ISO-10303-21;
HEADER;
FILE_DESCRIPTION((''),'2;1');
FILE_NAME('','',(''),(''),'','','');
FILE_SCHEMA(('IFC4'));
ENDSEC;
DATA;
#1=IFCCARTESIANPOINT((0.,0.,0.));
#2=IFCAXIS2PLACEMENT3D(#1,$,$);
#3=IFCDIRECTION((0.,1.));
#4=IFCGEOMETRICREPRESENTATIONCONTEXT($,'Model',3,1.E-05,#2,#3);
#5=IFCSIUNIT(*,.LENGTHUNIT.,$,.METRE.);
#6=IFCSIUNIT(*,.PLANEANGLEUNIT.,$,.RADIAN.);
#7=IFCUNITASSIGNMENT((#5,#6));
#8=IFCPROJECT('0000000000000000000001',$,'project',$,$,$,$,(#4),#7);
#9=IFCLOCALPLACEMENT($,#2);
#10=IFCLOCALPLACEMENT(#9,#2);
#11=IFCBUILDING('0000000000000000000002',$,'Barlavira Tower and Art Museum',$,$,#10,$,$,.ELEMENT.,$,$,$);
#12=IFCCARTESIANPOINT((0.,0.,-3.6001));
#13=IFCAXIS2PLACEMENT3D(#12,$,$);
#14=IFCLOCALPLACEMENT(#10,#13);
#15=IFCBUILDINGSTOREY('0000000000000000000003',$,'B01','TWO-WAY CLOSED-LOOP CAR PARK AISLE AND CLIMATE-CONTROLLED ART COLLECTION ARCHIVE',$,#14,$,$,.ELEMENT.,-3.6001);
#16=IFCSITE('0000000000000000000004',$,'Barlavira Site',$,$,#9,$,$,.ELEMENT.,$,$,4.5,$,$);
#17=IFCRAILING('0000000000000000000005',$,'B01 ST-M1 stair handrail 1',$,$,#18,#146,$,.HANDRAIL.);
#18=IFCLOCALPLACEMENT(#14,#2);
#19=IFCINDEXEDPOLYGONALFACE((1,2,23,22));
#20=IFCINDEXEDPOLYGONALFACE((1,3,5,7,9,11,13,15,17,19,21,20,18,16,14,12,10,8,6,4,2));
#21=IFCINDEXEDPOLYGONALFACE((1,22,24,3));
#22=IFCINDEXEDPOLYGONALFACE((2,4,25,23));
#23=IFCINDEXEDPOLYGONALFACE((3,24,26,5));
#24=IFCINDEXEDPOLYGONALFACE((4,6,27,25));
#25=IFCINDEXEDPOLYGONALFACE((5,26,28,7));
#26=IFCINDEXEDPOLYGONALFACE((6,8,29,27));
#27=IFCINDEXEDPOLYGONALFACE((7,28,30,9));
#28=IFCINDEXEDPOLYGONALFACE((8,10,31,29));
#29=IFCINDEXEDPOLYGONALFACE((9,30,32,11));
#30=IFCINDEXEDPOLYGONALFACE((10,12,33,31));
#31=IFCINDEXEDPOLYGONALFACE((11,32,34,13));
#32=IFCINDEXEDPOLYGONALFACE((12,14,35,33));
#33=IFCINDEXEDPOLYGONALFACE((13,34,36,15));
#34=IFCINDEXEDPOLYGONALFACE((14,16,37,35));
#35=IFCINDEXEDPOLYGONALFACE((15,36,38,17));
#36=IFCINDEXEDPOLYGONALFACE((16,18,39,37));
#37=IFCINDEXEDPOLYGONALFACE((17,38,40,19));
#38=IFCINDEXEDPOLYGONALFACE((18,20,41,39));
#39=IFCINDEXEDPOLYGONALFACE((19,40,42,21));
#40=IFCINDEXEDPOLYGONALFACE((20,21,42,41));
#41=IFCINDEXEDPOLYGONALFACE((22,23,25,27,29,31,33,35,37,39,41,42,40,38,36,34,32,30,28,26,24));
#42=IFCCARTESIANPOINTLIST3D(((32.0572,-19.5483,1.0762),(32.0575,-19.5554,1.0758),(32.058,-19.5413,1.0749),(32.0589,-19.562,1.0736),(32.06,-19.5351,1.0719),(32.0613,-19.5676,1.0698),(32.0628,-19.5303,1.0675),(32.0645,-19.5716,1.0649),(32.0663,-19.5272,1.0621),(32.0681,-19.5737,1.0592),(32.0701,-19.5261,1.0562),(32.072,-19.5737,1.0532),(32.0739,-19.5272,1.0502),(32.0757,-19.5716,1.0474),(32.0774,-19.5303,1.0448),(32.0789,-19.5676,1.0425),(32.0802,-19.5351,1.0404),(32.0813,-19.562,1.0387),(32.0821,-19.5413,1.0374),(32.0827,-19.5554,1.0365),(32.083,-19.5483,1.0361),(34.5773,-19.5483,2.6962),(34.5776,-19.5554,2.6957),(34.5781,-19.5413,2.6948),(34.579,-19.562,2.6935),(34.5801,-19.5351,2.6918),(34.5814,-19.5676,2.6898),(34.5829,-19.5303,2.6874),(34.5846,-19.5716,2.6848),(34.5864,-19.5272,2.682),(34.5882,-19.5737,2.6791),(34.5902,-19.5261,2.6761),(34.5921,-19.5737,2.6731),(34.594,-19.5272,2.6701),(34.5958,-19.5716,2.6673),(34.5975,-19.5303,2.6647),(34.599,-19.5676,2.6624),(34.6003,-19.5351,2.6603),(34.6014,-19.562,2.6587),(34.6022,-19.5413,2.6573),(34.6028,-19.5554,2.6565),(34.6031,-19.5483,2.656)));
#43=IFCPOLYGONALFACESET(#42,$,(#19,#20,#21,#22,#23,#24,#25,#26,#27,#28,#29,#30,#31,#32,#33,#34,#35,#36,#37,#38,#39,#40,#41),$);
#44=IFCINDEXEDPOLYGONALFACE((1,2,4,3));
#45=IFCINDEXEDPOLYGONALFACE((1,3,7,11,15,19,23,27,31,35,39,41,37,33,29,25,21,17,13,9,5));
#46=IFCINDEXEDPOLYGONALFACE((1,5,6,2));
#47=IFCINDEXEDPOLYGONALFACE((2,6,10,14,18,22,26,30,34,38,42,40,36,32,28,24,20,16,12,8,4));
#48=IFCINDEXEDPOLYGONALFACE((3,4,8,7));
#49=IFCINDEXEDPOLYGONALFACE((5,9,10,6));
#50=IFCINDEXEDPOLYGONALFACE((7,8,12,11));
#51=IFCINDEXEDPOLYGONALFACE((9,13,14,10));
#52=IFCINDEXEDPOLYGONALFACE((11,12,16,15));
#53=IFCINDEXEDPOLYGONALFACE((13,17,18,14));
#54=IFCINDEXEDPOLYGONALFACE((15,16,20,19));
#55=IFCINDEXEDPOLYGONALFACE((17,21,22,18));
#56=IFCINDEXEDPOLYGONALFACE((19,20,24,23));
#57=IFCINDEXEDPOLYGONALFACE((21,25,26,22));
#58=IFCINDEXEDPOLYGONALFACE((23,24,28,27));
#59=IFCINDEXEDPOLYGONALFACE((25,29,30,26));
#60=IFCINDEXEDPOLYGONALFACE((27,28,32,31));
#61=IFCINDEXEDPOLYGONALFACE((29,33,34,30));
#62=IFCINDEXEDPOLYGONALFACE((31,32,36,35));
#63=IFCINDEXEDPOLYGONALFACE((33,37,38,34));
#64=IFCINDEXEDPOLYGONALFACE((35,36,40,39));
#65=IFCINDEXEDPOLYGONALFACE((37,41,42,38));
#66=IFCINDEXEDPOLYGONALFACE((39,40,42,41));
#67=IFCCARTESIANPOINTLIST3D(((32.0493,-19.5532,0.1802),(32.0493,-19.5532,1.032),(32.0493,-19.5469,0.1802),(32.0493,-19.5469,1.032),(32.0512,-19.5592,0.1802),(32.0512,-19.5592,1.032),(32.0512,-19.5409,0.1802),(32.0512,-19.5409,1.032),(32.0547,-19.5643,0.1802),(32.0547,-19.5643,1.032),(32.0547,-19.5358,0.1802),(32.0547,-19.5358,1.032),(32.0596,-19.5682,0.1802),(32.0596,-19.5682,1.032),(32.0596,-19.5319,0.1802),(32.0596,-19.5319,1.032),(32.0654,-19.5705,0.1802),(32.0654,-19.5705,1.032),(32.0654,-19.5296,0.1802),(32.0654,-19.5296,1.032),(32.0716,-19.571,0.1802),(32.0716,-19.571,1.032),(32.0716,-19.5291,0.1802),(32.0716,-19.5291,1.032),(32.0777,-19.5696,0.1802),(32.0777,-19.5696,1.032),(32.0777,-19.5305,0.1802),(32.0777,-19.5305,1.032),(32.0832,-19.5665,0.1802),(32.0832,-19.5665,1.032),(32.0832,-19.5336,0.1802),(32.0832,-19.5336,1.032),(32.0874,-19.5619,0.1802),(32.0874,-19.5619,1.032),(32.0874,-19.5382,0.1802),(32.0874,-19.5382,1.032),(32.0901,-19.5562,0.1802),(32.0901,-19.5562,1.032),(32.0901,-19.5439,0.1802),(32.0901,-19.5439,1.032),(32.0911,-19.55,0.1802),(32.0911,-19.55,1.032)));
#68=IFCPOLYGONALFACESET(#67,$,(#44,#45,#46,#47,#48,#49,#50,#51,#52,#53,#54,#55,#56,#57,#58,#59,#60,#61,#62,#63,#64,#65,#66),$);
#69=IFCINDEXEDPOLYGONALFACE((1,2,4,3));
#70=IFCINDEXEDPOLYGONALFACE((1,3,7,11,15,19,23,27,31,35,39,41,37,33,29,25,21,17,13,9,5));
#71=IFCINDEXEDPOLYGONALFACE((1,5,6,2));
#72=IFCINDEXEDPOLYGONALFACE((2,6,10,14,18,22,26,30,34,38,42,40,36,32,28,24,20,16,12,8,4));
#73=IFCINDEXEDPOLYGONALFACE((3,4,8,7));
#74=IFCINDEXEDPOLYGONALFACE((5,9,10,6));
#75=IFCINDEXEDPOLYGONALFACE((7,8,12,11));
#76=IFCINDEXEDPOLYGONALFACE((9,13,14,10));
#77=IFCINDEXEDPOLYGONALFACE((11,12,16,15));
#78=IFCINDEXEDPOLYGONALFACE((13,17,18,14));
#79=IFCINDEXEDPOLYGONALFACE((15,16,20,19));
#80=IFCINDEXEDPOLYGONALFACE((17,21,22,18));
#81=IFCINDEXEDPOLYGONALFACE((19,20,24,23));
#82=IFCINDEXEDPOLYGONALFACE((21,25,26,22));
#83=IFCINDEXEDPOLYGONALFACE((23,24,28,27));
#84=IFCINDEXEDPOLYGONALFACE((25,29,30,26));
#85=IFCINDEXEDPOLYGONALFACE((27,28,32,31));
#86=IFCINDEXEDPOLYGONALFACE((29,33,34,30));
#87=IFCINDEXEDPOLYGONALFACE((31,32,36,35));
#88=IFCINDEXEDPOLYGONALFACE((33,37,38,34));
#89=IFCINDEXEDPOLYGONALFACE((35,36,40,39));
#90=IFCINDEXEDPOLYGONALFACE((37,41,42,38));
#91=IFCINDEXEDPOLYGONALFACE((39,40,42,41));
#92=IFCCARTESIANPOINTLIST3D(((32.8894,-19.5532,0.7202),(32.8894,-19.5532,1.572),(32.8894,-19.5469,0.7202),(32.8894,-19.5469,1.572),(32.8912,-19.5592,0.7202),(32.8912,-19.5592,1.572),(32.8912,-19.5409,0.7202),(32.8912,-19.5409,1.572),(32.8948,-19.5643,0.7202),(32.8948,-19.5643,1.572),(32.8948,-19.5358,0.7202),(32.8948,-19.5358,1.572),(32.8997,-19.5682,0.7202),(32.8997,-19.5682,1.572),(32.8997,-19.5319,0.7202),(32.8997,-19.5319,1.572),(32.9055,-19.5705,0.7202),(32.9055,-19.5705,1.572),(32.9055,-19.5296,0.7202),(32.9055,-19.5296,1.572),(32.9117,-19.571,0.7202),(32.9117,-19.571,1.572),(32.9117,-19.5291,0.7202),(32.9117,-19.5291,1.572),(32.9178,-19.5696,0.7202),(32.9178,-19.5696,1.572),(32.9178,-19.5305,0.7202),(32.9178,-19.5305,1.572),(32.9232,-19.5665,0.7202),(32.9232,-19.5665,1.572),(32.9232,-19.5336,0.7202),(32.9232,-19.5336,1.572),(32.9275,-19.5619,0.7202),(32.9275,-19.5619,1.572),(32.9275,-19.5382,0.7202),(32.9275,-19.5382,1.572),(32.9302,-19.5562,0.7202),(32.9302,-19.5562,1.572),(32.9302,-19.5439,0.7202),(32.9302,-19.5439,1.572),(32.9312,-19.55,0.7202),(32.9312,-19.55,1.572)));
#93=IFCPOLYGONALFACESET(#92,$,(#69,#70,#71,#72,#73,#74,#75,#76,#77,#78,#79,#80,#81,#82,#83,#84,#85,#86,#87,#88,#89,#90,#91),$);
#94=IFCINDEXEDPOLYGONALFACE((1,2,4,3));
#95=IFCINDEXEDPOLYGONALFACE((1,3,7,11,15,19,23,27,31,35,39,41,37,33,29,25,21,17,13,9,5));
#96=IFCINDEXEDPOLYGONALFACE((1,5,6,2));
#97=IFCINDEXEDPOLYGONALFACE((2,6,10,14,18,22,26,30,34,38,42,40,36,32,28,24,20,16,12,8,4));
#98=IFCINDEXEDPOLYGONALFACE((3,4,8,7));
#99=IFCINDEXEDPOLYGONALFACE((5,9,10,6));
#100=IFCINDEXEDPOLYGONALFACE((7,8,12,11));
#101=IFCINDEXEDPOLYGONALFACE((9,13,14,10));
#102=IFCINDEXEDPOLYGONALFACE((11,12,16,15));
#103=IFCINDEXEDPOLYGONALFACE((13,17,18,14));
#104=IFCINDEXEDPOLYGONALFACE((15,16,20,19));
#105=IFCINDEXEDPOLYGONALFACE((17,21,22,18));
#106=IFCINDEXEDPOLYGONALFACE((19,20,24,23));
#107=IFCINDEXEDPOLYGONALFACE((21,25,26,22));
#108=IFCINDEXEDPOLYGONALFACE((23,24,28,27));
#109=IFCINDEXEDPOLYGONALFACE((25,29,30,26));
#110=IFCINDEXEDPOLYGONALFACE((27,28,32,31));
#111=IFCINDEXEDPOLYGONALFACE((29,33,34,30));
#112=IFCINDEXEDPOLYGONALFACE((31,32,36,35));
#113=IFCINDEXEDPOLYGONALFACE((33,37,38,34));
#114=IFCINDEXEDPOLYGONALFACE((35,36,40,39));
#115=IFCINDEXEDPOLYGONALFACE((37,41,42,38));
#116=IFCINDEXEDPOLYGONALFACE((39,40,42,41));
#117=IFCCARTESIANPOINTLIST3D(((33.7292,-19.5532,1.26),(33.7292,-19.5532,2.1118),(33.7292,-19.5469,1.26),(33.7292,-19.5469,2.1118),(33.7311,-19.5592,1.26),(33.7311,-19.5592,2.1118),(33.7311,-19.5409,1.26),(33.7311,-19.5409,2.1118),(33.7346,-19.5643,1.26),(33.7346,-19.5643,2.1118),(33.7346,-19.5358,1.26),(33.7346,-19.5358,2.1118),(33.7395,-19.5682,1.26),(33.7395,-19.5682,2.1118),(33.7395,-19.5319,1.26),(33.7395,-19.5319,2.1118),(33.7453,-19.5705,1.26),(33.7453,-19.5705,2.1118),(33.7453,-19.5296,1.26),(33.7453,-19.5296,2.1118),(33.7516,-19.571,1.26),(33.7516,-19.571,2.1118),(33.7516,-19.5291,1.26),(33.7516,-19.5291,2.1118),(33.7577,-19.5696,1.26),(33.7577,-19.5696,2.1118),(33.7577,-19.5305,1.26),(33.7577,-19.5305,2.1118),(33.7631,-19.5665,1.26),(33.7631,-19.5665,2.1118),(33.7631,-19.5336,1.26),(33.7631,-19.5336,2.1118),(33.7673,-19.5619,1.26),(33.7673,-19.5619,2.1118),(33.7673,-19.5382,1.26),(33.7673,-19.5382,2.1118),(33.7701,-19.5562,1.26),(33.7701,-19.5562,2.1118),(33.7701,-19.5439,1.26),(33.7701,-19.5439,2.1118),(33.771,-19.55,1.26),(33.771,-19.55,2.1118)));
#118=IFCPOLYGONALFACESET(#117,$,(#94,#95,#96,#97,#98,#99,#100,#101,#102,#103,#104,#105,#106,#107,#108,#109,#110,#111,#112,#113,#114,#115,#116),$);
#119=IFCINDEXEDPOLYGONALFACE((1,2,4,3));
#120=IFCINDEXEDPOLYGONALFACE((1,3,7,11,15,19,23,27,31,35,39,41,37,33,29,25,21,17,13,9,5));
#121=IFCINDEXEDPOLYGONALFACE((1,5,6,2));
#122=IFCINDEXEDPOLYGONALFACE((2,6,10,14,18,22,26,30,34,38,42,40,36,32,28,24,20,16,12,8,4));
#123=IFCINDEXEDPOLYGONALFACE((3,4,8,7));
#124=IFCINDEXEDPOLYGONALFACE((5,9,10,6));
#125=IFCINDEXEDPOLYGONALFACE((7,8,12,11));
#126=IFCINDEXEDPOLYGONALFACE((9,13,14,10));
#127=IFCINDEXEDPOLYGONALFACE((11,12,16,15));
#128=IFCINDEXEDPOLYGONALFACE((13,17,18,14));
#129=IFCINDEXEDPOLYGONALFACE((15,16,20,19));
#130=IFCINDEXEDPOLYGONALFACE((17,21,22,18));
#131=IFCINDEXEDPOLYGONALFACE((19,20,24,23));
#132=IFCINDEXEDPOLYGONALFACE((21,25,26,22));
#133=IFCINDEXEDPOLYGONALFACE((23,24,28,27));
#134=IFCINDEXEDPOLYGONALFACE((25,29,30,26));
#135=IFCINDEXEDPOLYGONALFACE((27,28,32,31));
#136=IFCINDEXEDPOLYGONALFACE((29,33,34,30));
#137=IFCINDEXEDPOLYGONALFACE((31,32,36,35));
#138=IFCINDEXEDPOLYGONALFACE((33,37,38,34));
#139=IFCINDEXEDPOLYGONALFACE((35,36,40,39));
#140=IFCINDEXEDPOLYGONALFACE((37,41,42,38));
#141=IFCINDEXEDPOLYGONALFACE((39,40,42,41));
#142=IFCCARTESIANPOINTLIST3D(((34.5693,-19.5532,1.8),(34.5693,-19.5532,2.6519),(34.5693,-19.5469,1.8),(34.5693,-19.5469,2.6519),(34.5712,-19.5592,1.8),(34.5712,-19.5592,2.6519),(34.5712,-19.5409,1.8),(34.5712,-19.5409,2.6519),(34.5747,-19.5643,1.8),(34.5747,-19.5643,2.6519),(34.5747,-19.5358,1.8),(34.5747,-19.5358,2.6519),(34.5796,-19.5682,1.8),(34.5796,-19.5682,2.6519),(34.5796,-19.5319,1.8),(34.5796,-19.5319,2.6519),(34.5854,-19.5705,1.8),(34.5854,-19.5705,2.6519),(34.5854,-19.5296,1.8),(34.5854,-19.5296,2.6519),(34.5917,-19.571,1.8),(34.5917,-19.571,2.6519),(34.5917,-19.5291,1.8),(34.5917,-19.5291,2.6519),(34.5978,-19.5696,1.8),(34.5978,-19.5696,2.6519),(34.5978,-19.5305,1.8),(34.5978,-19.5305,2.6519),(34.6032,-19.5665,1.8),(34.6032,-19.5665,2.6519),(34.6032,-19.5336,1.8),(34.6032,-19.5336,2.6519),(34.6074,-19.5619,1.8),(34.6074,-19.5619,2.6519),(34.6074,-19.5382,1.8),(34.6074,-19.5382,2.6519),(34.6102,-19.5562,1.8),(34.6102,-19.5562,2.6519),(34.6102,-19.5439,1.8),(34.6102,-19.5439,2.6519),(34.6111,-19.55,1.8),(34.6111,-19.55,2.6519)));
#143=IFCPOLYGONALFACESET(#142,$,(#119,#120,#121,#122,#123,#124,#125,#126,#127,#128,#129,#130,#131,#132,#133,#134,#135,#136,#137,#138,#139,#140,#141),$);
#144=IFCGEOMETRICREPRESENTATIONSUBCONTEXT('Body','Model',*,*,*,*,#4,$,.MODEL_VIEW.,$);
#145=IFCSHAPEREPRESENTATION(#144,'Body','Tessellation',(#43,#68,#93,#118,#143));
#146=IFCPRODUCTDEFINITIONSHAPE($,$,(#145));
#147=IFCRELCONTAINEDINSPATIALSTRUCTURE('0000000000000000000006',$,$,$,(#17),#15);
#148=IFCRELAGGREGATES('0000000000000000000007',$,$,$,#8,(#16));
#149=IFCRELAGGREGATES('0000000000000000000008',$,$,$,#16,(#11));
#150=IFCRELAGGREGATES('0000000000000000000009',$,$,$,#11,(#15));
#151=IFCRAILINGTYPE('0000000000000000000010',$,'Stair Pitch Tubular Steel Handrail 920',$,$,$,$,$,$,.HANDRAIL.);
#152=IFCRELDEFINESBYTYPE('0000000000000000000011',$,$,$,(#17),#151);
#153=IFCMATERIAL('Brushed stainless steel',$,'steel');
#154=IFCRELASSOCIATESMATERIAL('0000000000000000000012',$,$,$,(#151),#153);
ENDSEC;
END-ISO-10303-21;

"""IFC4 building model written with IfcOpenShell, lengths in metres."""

from ifc_helpers import new_model, si_unit, direction, frame, origin, origin_2d, place, context, subcontext, project, spatial, circle, extrude, material, type_object, element, save


model = new_model("IFC4")

# Units and contexts
model_context = context("Model", 3, precision=1e-05, world=origin(), true_north=direction((0.0, 1.0)))
body_context = subcontext(model_context, "Body", "Model", "MODEL_VIEW")
ifc_project = project(units=[si_unit("LENGTHUNIT", "METRE"), si_unit("PLANEANGLEUNIT", "RADIAN")], contexts=[model_context])

# Site, building, storey
site_placement = place(None, origin())
site = spatial("IfcSite", under=ifc_project, at=site_placement, Name="Barlavira Site", CompositionType="ELEMENT", RefElevation=4.5)
building_placement = place(site_placement, origin())
building = spatial("IfcBuilding", under=site, at=building_placement, Name="Barlavira Tower and Art Museum", CompositionType="ELEMENT")
storey_placement = place(building_placement, frame((0.0, 0.0, -3.6001)))
storey = spatial("IfcBuildingStorey", under=building, at=storey_placement, Name="B01", Description="TWO-WAY CLOSED-LOOP CAR PARK AISLE AND CLIMATE-CONTROLLED ART COLLECTION ARCHIVE", CompositionType="ELEMENT", Elevation=-3.6001)

# Shared definitions
ifc_material_1 = material(Name="Brushed stainless steel", Category="steel")

# Railing
railing_type_1 = type_object("IfcRailingType", Name="Stair Pitch Tubular Steel Handrail 920", PredefinedType="HANDRAIL", material=ifc_material_1)
railing_1_placement = place(storey_placement, frame((32.0701, -19.55, 0.1802)))
element("IfcRailing", 1, at=railing_1_placement, inside=storey, type_object=railing_type_1, Name="B01 ST-M1 stair handrail 1", PredefinedType="HANDRAIL", context=body_context, shape_type="SweptSolid", body=[
    extrude(circle(Radius=0.0239, at=origin_2d()), frame((0.0, 0.0, 0.876), z_axis=(0.8412, 0.0, 0.540725), x_axis=(0.0, 1.0, 0.0)), (0.0, 0.0, 1.0), 2.9958),
    extrude(circle(Radius=0.021, at=origin_2d()), origin(), (0.0, 0.0, 1.0), 0.8518),
    extrude(circle(Radius=0.021, at=origin_2d()), frame((0.8401, 0.0, 0.54)), (0.0, 0.0, 1.0), 0.8518),
    extrude(circle(Radius=0.021, at=origin_2d()), frame((1.6799, 0.0, 1.0798)), (0.0, 0.0, 1.0), 0.8518),
    extrude(circle(Radius=0.021, at=origin_2d()), frame((2.52, 0.0, 1.6199)), (0.0, 0.0, 1.0), 0.8518),
])

save(model, "model.ifc")
